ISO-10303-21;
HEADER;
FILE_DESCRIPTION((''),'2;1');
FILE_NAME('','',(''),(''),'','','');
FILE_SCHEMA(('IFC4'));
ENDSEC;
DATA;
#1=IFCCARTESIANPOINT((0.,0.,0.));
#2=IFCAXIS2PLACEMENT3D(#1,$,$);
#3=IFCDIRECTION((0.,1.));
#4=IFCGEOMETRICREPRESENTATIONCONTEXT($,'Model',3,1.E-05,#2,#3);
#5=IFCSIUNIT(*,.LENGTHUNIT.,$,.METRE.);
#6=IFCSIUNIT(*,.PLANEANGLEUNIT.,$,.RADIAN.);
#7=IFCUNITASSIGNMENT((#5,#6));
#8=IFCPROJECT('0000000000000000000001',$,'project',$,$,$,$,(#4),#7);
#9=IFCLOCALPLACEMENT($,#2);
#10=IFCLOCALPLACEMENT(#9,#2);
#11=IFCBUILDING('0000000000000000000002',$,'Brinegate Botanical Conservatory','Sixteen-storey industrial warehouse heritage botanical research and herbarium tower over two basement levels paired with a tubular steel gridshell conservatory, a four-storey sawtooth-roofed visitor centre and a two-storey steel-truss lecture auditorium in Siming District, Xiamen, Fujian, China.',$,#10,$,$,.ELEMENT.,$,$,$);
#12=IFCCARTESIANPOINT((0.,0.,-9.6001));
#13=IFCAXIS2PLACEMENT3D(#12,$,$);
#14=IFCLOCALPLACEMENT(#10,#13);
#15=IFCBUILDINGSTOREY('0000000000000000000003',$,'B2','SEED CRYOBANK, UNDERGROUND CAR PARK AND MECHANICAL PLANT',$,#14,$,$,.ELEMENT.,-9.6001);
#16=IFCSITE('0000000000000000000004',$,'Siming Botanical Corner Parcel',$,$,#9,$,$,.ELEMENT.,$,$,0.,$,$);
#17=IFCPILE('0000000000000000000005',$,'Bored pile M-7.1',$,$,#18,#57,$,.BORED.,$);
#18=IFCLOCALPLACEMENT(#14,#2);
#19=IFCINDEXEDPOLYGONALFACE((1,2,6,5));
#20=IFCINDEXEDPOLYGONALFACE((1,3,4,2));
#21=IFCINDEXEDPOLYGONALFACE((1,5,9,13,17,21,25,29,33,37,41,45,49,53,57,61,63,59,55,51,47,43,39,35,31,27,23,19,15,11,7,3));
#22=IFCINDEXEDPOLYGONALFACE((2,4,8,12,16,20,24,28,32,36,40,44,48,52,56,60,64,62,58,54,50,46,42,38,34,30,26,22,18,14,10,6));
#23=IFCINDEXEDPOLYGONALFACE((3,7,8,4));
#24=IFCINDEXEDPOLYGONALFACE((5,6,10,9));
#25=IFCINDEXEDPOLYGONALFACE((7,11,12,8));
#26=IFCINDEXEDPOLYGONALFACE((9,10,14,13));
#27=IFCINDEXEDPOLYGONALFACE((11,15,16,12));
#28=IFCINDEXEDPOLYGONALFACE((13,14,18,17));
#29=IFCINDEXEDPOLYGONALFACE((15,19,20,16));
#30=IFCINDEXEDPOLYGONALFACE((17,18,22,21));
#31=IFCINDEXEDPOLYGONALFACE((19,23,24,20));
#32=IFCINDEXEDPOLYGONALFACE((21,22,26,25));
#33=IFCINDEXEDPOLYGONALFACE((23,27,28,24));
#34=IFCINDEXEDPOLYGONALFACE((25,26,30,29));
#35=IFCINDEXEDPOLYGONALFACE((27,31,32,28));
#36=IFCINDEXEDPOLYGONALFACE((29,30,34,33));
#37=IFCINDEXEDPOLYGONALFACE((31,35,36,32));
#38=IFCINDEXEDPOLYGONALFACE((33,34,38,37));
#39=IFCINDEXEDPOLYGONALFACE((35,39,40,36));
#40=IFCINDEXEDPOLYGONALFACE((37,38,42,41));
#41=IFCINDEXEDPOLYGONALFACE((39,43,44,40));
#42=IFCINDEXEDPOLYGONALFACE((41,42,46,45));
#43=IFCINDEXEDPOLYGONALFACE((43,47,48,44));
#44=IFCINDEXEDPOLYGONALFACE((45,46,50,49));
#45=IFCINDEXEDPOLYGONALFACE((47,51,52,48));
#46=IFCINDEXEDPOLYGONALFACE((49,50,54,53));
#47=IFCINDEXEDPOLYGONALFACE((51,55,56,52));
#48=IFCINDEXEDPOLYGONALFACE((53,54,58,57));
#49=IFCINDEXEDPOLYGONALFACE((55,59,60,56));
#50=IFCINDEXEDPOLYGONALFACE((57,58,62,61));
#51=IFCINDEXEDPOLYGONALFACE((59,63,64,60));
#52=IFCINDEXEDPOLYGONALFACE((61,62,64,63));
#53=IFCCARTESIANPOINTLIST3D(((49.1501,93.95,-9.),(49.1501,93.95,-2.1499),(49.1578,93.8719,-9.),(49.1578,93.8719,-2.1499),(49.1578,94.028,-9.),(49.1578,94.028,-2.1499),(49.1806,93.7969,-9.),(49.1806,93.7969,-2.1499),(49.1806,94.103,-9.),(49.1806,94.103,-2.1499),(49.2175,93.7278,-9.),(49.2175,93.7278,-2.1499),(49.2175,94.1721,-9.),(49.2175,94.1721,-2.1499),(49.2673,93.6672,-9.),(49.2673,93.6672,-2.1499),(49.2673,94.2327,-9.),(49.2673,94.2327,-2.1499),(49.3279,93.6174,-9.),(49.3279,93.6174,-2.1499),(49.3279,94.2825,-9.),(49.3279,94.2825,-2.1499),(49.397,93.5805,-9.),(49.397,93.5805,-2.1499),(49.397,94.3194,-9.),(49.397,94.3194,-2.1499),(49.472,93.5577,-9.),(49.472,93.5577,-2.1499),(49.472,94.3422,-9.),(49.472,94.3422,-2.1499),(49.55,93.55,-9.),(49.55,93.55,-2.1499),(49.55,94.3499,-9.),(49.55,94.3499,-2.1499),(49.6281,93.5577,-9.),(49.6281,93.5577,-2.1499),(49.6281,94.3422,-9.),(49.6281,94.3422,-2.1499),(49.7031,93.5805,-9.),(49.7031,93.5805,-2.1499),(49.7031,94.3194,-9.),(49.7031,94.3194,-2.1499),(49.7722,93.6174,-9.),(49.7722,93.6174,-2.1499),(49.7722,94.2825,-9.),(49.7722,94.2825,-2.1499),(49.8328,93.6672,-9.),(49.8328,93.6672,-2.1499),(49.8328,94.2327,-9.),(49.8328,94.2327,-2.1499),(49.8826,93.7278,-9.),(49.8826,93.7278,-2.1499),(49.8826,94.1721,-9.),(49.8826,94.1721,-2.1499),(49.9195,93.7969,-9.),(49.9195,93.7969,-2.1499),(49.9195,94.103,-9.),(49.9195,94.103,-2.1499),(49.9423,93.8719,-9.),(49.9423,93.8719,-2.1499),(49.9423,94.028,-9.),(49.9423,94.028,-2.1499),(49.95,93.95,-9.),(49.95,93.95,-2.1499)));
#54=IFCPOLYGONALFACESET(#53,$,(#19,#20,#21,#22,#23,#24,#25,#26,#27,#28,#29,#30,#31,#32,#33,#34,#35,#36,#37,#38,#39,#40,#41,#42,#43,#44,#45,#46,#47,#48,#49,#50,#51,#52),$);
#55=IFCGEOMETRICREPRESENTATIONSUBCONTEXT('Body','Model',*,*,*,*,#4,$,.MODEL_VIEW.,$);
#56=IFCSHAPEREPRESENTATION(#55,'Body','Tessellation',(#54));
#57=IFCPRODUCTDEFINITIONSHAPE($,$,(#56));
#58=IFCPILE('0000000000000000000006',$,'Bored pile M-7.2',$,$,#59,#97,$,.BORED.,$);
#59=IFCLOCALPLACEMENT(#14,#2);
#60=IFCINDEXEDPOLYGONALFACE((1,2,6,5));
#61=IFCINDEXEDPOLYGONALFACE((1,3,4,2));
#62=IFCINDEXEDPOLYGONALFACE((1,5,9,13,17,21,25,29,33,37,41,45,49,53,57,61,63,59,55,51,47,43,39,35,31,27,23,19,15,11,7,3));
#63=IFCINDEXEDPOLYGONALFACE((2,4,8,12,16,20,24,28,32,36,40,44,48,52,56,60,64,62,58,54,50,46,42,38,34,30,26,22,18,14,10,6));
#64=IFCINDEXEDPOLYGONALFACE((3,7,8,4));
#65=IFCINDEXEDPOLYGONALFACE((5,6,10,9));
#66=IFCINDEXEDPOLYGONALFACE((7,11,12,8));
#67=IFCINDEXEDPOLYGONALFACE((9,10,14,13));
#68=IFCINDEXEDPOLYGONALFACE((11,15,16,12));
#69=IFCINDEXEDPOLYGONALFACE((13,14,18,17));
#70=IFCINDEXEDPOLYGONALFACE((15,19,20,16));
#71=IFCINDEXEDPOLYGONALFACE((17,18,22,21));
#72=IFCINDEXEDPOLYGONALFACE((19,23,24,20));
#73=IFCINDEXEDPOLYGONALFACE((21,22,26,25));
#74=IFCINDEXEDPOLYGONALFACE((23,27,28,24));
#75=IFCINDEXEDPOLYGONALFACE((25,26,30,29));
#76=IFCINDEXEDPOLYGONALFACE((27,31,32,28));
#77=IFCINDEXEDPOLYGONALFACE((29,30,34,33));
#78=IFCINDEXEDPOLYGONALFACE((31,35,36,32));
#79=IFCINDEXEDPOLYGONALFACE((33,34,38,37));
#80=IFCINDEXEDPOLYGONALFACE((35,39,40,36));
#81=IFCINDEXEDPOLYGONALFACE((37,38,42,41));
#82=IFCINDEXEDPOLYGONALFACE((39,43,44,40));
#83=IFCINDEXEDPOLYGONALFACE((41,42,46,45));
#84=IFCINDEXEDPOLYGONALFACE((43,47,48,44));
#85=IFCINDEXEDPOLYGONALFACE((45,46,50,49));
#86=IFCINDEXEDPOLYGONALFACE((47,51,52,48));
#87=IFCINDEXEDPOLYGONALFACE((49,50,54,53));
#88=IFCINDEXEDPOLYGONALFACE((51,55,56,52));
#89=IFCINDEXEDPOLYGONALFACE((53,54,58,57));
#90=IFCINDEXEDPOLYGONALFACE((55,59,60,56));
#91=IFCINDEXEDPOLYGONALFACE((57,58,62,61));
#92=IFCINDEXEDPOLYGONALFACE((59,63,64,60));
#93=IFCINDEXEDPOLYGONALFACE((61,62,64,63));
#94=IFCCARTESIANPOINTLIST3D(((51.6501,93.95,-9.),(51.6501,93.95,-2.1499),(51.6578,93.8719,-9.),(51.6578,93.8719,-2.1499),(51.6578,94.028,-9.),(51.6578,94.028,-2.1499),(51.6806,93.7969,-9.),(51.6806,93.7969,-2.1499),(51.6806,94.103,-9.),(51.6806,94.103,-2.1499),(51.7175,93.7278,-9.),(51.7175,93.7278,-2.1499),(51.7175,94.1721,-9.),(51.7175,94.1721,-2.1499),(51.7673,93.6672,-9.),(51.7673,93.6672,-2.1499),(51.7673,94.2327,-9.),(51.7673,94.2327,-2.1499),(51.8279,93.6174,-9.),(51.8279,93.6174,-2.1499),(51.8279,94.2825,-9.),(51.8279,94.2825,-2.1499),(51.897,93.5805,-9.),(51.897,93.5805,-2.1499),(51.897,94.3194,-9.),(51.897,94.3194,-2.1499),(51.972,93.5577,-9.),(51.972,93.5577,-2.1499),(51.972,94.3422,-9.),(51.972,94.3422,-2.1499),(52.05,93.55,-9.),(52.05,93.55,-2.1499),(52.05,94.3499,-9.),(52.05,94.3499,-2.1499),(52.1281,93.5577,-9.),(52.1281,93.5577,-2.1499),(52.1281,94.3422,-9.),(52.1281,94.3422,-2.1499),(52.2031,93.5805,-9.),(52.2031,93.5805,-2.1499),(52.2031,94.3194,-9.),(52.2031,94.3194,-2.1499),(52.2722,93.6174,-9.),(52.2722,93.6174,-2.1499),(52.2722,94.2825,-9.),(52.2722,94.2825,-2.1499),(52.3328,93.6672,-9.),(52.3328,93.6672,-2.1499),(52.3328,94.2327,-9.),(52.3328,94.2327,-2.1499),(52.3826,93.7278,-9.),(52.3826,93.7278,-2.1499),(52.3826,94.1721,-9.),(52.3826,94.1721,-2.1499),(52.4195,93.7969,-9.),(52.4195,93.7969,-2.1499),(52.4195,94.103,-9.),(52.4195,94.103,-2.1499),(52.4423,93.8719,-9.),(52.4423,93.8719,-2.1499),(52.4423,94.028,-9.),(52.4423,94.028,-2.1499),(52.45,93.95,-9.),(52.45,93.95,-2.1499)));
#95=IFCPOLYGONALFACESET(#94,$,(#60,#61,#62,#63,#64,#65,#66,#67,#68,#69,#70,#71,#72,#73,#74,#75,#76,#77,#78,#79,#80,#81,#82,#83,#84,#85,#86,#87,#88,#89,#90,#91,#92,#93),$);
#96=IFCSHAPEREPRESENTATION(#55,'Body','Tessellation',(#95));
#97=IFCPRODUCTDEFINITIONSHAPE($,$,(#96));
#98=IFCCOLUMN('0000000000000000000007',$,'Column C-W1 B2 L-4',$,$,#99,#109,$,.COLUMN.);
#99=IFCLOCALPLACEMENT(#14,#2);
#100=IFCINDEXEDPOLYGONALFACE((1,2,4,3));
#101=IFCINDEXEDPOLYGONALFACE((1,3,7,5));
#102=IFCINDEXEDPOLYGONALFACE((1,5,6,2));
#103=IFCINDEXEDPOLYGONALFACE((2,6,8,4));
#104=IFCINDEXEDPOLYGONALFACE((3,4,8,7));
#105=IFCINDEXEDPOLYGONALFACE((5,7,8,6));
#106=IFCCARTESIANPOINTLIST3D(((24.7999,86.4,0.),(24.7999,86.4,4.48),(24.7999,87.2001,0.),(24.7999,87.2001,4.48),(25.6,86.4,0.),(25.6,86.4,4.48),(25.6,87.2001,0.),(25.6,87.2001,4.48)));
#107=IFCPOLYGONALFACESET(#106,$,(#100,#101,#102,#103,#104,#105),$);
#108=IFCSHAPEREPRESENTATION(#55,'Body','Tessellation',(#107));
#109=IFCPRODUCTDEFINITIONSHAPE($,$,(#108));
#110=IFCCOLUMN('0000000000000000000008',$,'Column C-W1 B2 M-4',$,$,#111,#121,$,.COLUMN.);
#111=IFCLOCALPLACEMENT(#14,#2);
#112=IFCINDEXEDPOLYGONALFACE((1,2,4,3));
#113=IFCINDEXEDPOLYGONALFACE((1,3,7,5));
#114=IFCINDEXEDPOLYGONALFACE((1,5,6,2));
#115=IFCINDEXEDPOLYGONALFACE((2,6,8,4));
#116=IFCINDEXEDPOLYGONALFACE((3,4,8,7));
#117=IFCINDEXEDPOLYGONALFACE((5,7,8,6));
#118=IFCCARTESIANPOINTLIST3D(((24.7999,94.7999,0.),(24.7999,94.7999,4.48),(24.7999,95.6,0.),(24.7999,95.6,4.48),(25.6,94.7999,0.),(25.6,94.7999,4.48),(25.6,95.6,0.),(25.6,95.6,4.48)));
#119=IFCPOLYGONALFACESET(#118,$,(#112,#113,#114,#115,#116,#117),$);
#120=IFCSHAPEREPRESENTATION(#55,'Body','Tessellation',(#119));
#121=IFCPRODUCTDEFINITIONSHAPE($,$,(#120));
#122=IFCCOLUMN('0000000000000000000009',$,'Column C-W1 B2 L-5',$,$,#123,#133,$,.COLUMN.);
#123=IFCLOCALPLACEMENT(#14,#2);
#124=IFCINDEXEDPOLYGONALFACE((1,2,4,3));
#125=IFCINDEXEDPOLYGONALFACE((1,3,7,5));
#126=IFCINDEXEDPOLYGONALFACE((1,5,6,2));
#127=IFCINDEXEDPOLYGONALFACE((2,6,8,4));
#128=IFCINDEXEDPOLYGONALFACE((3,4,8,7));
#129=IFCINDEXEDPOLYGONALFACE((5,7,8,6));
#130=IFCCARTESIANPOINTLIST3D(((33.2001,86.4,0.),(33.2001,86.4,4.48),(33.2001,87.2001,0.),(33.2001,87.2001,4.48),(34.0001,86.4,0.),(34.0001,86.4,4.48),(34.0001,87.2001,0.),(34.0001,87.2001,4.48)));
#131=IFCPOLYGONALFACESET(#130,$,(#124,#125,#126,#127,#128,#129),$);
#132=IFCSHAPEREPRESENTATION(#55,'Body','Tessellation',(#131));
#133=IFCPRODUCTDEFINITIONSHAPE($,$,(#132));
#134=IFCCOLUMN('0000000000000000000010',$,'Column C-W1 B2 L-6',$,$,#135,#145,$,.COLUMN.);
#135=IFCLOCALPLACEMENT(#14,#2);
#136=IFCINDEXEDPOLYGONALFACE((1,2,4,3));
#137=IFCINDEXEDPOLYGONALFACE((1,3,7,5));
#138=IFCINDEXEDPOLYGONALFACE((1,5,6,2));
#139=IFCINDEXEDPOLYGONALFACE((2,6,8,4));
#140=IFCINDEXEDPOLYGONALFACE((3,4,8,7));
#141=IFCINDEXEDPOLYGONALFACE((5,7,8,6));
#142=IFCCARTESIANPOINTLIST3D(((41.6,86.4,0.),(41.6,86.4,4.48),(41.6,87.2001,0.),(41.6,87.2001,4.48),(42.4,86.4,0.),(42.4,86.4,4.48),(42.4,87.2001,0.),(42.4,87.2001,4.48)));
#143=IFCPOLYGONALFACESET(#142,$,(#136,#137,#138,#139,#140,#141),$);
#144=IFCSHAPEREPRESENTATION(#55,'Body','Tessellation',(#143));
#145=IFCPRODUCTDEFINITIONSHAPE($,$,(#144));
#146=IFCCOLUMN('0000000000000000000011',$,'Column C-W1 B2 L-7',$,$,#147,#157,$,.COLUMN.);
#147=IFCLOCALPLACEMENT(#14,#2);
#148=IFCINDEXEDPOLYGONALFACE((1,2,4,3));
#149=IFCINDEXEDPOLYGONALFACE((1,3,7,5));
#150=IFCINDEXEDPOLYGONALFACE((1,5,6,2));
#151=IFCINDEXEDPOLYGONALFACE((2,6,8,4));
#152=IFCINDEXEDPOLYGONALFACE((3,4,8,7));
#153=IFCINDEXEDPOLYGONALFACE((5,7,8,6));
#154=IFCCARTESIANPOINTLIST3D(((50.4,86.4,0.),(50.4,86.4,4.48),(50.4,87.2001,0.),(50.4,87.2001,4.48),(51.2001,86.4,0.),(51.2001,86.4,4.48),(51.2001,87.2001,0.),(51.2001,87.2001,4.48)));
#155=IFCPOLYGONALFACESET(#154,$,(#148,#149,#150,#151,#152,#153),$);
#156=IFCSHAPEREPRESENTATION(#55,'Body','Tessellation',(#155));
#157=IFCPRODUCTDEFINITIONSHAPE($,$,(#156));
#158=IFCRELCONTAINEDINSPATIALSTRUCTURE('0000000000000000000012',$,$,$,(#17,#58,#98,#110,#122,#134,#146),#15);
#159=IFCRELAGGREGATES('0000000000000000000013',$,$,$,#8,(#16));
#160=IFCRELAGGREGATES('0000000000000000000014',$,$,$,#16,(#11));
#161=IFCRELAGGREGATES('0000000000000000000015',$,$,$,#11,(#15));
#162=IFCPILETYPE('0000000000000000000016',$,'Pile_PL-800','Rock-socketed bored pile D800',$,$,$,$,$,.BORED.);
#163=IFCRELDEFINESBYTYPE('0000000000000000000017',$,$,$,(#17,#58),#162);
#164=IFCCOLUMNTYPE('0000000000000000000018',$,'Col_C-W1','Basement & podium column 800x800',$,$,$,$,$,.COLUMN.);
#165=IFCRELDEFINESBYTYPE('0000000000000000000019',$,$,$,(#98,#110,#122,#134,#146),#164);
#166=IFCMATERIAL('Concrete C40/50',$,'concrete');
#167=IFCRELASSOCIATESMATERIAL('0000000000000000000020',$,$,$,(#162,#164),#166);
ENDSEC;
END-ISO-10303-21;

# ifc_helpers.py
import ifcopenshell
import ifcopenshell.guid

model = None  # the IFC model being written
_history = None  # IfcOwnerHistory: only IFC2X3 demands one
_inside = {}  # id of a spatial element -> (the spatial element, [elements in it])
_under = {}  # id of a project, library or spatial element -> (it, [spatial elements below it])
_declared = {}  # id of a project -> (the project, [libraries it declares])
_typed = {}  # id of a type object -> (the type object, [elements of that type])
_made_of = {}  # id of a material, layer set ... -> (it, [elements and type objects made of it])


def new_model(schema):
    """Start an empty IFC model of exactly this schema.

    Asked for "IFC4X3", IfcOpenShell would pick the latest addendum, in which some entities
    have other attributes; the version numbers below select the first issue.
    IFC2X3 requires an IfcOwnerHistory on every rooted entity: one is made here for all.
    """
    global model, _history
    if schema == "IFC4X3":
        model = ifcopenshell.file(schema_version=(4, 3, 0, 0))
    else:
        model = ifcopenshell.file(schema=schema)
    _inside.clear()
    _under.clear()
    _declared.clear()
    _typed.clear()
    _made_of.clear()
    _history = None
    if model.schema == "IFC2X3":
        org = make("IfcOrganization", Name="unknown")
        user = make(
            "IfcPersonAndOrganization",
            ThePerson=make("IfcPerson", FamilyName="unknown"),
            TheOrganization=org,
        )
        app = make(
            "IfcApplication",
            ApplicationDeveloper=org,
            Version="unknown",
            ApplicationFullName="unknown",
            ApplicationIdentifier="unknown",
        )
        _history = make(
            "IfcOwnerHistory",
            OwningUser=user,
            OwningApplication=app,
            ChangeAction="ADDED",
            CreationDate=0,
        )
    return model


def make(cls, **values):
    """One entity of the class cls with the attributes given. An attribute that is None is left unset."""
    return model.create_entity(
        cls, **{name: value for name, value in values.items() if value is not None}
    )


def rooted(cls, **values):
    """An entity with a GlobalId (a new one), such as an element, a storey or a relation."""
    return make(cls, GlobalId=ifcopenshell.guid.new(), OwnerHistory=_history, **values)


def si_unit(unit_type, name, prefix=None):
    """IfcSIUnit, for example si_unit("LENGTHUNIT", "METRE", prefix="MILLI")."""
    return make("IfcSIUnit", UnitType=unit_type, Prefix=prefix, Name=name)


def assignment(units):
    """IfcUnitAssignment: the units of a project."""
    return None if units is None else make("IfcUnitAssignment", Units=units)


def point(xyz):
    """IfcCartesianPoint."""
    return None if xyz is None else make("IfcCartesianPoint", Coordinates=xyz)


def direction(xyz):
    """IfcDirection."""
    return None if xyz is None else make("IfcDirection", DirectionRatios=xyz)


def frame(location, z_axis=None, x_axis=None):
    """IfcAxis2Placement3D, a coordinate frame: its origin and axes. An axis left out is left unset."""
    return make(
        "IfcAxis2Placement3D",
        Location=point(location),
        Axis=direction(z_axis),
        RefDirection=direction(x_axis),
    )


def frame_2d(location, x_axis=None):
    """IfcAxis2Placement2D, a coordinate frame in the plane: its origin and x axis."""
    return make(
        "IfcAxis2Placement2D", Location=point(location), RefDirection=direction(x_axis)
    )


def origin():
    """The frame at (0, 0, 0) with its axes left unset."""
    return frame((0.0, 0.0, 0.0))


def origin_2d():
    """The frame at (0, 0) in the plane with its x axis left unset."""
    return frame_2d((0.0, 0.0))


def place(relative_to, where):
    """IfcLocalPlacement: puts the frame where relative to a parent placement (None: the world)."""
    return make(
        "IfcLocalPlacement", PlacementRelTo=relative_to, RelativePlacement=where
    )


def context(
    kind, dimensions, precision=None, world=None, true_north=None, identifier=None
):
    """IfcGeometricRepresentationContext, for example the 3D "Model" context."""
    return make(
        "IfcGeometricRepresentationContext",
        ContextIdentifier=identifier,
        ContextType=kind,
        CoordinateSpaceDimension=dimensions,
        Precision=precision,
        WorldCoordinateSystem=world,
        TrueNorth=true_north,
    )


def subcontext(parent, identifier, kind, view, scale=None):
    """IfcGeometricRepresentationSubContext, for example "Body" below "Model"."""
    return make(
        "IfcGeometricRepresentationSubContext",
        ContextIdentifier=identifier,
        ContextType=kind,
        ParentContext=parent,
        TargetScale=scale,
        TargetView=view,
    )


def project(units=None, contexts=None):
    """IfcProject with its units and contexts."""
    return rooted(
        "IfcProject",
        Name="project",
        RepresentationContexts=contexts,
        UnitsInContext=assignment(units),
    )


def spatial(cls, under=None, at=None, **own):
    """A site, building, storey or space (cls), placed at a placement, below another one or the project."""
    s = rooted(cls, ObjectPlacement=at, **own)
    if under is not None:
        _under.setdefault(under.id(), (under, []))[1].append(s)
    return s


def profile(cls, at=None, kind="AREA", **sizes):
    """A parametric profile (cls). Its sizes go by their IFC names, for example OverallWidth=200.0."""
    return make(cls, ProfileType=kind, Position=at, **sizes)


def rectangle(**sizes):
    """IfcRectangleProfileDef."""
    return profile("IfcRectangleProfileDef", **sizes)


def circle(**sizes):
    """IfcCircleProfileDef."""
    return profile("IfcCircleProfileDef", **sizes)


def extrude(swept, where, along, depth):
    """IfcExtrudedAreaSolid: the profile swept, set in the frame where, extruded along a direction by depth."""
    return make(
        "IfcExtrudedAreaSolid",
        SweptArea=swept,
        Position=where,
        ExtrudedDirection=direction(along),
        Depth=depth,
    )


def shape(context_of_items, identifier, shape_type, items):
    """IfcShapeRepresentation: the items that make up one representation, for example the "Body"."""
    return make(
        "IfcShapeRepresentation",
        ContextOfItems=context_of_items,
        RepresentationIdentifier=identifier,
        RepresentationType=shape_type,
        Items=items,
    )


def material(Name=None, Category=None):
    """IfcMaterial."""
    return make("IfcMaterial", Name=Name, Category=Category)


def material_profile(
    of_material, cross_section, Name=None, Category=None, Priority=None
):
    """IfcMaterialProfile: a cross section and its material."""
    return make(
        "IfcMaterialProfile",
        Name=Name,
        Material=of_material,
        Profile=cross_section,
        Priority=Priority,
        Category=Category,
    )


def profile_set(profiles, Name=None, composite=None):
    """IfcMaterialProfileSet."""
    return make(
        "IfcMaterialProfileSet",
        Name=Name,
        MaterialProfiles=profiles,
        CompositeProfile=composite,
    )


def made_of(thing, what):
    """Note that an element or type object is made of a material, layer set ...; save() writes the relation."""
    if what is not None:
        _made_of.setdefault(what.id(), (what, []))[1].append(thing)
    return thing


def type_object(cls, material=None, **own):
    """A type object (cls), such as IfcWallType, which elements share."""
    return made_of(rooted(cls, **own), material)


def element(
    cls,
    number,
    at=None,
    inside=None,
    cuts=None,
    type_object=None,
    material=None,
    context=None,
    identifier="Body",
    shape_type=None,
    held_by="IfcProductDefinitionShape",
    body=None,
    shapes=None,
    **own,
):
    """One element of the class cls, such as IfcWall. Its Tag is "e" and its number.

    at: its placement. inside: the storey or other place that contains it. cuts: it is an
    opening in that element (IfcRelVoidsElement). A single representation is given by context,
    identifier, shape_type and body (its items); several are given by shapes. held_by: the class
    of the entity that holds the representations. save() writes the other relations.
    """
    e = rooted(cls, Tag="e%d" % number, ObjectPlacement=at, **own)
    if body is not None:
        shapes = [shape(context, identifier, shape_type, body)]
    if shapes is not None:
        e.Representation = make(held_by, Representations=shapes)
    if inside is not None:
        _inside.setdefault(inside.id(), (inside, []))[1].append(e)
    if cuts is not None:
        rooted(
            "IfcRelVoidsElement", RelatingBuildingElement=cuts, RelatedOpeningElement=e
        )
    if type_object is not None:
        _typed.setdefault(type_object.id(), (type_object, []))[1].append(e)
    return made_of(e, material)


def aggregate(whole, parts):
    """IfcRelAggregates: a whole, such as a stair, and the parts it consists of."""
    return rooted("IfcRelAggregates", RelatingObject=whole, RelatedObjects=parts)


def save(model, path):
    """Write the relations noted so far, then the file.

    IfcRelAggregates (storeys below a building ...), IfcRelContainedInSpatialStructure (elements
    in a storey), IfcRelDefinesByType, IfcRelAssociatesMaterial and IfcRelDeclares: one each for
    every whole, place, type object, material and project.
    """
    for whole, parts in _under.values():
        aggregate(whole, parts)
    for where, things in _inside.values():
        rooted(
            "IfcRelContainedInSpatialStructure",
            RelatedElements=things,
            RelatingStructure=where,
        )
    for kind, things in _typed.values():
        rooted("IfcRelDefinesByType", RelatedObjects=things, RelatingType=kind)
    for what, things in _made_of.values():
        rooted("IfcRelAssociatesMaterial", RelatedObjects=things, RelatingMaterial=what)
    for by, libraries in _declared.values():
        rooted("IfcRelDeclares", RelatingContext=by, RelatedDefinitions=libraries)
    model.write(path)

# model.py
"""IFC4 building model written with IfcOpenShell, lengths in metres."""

from ifc_helpers import new_model, si_unit, direction, frame, origin, origin_2d, place, context, subcontext, project, spatial, rectangle, circle, extrude, material, material_profile, profile_set, type_object, element, save


model = new_model("IFC4")

# Units and contexts
model_context = context("Model", 3, precision=1e-05, world=origin(), true_north=direction((0.0, 1.0)))
body_context = subcontext(model_context, "Body", "Model", "MODEL_VIEW")
ifc_project = project(units=[si_unit("LENGTHUNIT", "METRE"), si_unit("PLANEANGLEUNIT", "RADIAN")], contexts=[model_context])

# Site, building, storey
site_placement = place(None, origin())
site = spatial("IfcSite", under=ifc_project, at=site_placement, Name="Siming Botanical Corner Parcel", CompositionType="ELEMENT", RefElevation=0.0)
building_placement = place(site_placement, origin())
building = spatial("IfcBuilding", under=site, at=building_placement, Name="Brinegate Botanical Conservatory", Description="Sixteen-storey industrial warehouse heritage botanical research and herbarium tower over two basement levels paired with a tubular steel gridshell conservatory, a four-storey sawtooth-roofed visitor centre and a two-storey steel-truss lecture auditorium in Siming District, Xiamen, Fujian, China.", CompositionType="ELEMENT")
storey_placement = place(building_placement, frame((0.0, 0.0, -9.6001)))
storey = spatial("IfcBuildingStorey", under=building, at=storey_placement, Name="B2", Description="SEED CRYOBANK, UNDERGROUND CAR PARK AND MECHANICAL PLANT", CompositionType="ELEMENT", Elevation=-9.6001)

# Shared definitions
ifc_material = material(Name="Concrete C40/50", Category="concrete")

# Piles
ifc_material_profile_1 = material_profile(ifc_material, circle(Radius=0.3999, at=origin_2d()), Name="PILE D800")
ifc_profile_set_1 = profile_set([ifc_material_profile_1], Name="Concrete C40/50")
pile_type = type_object("IfcPileType", Name="Pile_PL-800", Description="Rock-socketed bored pile D800", PredefinedType="BORED", material=ifc_profile_set_1)
for number, where, z_axis, x_axis, name in (
    (1, (49.55, 93.95, -2.1499), (0.0, 0.0, -1.0), (1.0, 0.0, 0.0), "Bored pile M-7.1"),
    (2, (52.05, 93.95, -2.1499), (0.0, 0.0, -1.0), (1.0, 0.0, 0.0), "Bored pile M-7.2"),
):
    element("IfcPile", number, at=place(storey_placement, frame(where, z_axis=z_axis, x_axis=x_axis)), inside=storey, type_object=pile_type, Name=name, PredefinedType="BORED", context=body_context, shape_type="SweptSolid", body=[
        extrude(circle(Radius=0.3999, at=origin_2d()), origin(), (0.0, 0.0, 1.0), 6.8501),
    ])

# Columns
ifc_material_profile_2 = material_profile(ifc_material, rectangle(XDim=0.8, YDim=0.8, at=origin_2d()), Name="RC COL 800x800")
ifc_profile_set_2 = profile_set([ifc_material_profile_2], Name="Concrete C40/50")
column_type = type_object("IfcColumnType", Name="Col_C-W1", Description="Basement & podium column 800x800", PredefinedType="COLUMN", material=ifc_profile_set_2)
for number, where, z_axis, x_axis, name in (
    (3, (25.2, 86.8, 0.0), (0.0, 0.0, 1.0), (1.0, 0.0, 0.0), "Column C-W1 B2 L-4"),
    (4, (25.2, 95.2, 0.0), (0.0, 0.0, 1.0), (1.0, 0.0, 0.0), "Column C-W1 B2 M-4"),
    (5, (33.6001, 86.8, 0.0), (0.0, 0.0, 1.0), (1.0, 0.0, 0.0), "Column C-W1 B2 L-5"),
    (6, (42.0, 86.8, 0.0), (0.0, 0.0, 1.0), (1.0, 0.0, 0.0), "Column C-W1 B2 L-6"),
    (7, (50.8, 86.8, 0.0), (0.0, 0.0, 1.0), (1.0, 0.0, 0.0), "Column C-W1 B2 L-7"),
):
    element("IfcColumn", number, at=place(storey_placement, frame(where, z_axis=z_axis, x_axis=x_axis)), inside=storey, type_object=column_type, Name=name, PredefinedType="COLUMN", context=body_context, shape_type="SweptSolid", body=[
        extrude(rectangle(XDim=0.8, YDim=0.8, at=origin_2d()), origin(), (0.0, 0.0, 1.0), 4.48),
    ])

save(model, "model.ifc")
